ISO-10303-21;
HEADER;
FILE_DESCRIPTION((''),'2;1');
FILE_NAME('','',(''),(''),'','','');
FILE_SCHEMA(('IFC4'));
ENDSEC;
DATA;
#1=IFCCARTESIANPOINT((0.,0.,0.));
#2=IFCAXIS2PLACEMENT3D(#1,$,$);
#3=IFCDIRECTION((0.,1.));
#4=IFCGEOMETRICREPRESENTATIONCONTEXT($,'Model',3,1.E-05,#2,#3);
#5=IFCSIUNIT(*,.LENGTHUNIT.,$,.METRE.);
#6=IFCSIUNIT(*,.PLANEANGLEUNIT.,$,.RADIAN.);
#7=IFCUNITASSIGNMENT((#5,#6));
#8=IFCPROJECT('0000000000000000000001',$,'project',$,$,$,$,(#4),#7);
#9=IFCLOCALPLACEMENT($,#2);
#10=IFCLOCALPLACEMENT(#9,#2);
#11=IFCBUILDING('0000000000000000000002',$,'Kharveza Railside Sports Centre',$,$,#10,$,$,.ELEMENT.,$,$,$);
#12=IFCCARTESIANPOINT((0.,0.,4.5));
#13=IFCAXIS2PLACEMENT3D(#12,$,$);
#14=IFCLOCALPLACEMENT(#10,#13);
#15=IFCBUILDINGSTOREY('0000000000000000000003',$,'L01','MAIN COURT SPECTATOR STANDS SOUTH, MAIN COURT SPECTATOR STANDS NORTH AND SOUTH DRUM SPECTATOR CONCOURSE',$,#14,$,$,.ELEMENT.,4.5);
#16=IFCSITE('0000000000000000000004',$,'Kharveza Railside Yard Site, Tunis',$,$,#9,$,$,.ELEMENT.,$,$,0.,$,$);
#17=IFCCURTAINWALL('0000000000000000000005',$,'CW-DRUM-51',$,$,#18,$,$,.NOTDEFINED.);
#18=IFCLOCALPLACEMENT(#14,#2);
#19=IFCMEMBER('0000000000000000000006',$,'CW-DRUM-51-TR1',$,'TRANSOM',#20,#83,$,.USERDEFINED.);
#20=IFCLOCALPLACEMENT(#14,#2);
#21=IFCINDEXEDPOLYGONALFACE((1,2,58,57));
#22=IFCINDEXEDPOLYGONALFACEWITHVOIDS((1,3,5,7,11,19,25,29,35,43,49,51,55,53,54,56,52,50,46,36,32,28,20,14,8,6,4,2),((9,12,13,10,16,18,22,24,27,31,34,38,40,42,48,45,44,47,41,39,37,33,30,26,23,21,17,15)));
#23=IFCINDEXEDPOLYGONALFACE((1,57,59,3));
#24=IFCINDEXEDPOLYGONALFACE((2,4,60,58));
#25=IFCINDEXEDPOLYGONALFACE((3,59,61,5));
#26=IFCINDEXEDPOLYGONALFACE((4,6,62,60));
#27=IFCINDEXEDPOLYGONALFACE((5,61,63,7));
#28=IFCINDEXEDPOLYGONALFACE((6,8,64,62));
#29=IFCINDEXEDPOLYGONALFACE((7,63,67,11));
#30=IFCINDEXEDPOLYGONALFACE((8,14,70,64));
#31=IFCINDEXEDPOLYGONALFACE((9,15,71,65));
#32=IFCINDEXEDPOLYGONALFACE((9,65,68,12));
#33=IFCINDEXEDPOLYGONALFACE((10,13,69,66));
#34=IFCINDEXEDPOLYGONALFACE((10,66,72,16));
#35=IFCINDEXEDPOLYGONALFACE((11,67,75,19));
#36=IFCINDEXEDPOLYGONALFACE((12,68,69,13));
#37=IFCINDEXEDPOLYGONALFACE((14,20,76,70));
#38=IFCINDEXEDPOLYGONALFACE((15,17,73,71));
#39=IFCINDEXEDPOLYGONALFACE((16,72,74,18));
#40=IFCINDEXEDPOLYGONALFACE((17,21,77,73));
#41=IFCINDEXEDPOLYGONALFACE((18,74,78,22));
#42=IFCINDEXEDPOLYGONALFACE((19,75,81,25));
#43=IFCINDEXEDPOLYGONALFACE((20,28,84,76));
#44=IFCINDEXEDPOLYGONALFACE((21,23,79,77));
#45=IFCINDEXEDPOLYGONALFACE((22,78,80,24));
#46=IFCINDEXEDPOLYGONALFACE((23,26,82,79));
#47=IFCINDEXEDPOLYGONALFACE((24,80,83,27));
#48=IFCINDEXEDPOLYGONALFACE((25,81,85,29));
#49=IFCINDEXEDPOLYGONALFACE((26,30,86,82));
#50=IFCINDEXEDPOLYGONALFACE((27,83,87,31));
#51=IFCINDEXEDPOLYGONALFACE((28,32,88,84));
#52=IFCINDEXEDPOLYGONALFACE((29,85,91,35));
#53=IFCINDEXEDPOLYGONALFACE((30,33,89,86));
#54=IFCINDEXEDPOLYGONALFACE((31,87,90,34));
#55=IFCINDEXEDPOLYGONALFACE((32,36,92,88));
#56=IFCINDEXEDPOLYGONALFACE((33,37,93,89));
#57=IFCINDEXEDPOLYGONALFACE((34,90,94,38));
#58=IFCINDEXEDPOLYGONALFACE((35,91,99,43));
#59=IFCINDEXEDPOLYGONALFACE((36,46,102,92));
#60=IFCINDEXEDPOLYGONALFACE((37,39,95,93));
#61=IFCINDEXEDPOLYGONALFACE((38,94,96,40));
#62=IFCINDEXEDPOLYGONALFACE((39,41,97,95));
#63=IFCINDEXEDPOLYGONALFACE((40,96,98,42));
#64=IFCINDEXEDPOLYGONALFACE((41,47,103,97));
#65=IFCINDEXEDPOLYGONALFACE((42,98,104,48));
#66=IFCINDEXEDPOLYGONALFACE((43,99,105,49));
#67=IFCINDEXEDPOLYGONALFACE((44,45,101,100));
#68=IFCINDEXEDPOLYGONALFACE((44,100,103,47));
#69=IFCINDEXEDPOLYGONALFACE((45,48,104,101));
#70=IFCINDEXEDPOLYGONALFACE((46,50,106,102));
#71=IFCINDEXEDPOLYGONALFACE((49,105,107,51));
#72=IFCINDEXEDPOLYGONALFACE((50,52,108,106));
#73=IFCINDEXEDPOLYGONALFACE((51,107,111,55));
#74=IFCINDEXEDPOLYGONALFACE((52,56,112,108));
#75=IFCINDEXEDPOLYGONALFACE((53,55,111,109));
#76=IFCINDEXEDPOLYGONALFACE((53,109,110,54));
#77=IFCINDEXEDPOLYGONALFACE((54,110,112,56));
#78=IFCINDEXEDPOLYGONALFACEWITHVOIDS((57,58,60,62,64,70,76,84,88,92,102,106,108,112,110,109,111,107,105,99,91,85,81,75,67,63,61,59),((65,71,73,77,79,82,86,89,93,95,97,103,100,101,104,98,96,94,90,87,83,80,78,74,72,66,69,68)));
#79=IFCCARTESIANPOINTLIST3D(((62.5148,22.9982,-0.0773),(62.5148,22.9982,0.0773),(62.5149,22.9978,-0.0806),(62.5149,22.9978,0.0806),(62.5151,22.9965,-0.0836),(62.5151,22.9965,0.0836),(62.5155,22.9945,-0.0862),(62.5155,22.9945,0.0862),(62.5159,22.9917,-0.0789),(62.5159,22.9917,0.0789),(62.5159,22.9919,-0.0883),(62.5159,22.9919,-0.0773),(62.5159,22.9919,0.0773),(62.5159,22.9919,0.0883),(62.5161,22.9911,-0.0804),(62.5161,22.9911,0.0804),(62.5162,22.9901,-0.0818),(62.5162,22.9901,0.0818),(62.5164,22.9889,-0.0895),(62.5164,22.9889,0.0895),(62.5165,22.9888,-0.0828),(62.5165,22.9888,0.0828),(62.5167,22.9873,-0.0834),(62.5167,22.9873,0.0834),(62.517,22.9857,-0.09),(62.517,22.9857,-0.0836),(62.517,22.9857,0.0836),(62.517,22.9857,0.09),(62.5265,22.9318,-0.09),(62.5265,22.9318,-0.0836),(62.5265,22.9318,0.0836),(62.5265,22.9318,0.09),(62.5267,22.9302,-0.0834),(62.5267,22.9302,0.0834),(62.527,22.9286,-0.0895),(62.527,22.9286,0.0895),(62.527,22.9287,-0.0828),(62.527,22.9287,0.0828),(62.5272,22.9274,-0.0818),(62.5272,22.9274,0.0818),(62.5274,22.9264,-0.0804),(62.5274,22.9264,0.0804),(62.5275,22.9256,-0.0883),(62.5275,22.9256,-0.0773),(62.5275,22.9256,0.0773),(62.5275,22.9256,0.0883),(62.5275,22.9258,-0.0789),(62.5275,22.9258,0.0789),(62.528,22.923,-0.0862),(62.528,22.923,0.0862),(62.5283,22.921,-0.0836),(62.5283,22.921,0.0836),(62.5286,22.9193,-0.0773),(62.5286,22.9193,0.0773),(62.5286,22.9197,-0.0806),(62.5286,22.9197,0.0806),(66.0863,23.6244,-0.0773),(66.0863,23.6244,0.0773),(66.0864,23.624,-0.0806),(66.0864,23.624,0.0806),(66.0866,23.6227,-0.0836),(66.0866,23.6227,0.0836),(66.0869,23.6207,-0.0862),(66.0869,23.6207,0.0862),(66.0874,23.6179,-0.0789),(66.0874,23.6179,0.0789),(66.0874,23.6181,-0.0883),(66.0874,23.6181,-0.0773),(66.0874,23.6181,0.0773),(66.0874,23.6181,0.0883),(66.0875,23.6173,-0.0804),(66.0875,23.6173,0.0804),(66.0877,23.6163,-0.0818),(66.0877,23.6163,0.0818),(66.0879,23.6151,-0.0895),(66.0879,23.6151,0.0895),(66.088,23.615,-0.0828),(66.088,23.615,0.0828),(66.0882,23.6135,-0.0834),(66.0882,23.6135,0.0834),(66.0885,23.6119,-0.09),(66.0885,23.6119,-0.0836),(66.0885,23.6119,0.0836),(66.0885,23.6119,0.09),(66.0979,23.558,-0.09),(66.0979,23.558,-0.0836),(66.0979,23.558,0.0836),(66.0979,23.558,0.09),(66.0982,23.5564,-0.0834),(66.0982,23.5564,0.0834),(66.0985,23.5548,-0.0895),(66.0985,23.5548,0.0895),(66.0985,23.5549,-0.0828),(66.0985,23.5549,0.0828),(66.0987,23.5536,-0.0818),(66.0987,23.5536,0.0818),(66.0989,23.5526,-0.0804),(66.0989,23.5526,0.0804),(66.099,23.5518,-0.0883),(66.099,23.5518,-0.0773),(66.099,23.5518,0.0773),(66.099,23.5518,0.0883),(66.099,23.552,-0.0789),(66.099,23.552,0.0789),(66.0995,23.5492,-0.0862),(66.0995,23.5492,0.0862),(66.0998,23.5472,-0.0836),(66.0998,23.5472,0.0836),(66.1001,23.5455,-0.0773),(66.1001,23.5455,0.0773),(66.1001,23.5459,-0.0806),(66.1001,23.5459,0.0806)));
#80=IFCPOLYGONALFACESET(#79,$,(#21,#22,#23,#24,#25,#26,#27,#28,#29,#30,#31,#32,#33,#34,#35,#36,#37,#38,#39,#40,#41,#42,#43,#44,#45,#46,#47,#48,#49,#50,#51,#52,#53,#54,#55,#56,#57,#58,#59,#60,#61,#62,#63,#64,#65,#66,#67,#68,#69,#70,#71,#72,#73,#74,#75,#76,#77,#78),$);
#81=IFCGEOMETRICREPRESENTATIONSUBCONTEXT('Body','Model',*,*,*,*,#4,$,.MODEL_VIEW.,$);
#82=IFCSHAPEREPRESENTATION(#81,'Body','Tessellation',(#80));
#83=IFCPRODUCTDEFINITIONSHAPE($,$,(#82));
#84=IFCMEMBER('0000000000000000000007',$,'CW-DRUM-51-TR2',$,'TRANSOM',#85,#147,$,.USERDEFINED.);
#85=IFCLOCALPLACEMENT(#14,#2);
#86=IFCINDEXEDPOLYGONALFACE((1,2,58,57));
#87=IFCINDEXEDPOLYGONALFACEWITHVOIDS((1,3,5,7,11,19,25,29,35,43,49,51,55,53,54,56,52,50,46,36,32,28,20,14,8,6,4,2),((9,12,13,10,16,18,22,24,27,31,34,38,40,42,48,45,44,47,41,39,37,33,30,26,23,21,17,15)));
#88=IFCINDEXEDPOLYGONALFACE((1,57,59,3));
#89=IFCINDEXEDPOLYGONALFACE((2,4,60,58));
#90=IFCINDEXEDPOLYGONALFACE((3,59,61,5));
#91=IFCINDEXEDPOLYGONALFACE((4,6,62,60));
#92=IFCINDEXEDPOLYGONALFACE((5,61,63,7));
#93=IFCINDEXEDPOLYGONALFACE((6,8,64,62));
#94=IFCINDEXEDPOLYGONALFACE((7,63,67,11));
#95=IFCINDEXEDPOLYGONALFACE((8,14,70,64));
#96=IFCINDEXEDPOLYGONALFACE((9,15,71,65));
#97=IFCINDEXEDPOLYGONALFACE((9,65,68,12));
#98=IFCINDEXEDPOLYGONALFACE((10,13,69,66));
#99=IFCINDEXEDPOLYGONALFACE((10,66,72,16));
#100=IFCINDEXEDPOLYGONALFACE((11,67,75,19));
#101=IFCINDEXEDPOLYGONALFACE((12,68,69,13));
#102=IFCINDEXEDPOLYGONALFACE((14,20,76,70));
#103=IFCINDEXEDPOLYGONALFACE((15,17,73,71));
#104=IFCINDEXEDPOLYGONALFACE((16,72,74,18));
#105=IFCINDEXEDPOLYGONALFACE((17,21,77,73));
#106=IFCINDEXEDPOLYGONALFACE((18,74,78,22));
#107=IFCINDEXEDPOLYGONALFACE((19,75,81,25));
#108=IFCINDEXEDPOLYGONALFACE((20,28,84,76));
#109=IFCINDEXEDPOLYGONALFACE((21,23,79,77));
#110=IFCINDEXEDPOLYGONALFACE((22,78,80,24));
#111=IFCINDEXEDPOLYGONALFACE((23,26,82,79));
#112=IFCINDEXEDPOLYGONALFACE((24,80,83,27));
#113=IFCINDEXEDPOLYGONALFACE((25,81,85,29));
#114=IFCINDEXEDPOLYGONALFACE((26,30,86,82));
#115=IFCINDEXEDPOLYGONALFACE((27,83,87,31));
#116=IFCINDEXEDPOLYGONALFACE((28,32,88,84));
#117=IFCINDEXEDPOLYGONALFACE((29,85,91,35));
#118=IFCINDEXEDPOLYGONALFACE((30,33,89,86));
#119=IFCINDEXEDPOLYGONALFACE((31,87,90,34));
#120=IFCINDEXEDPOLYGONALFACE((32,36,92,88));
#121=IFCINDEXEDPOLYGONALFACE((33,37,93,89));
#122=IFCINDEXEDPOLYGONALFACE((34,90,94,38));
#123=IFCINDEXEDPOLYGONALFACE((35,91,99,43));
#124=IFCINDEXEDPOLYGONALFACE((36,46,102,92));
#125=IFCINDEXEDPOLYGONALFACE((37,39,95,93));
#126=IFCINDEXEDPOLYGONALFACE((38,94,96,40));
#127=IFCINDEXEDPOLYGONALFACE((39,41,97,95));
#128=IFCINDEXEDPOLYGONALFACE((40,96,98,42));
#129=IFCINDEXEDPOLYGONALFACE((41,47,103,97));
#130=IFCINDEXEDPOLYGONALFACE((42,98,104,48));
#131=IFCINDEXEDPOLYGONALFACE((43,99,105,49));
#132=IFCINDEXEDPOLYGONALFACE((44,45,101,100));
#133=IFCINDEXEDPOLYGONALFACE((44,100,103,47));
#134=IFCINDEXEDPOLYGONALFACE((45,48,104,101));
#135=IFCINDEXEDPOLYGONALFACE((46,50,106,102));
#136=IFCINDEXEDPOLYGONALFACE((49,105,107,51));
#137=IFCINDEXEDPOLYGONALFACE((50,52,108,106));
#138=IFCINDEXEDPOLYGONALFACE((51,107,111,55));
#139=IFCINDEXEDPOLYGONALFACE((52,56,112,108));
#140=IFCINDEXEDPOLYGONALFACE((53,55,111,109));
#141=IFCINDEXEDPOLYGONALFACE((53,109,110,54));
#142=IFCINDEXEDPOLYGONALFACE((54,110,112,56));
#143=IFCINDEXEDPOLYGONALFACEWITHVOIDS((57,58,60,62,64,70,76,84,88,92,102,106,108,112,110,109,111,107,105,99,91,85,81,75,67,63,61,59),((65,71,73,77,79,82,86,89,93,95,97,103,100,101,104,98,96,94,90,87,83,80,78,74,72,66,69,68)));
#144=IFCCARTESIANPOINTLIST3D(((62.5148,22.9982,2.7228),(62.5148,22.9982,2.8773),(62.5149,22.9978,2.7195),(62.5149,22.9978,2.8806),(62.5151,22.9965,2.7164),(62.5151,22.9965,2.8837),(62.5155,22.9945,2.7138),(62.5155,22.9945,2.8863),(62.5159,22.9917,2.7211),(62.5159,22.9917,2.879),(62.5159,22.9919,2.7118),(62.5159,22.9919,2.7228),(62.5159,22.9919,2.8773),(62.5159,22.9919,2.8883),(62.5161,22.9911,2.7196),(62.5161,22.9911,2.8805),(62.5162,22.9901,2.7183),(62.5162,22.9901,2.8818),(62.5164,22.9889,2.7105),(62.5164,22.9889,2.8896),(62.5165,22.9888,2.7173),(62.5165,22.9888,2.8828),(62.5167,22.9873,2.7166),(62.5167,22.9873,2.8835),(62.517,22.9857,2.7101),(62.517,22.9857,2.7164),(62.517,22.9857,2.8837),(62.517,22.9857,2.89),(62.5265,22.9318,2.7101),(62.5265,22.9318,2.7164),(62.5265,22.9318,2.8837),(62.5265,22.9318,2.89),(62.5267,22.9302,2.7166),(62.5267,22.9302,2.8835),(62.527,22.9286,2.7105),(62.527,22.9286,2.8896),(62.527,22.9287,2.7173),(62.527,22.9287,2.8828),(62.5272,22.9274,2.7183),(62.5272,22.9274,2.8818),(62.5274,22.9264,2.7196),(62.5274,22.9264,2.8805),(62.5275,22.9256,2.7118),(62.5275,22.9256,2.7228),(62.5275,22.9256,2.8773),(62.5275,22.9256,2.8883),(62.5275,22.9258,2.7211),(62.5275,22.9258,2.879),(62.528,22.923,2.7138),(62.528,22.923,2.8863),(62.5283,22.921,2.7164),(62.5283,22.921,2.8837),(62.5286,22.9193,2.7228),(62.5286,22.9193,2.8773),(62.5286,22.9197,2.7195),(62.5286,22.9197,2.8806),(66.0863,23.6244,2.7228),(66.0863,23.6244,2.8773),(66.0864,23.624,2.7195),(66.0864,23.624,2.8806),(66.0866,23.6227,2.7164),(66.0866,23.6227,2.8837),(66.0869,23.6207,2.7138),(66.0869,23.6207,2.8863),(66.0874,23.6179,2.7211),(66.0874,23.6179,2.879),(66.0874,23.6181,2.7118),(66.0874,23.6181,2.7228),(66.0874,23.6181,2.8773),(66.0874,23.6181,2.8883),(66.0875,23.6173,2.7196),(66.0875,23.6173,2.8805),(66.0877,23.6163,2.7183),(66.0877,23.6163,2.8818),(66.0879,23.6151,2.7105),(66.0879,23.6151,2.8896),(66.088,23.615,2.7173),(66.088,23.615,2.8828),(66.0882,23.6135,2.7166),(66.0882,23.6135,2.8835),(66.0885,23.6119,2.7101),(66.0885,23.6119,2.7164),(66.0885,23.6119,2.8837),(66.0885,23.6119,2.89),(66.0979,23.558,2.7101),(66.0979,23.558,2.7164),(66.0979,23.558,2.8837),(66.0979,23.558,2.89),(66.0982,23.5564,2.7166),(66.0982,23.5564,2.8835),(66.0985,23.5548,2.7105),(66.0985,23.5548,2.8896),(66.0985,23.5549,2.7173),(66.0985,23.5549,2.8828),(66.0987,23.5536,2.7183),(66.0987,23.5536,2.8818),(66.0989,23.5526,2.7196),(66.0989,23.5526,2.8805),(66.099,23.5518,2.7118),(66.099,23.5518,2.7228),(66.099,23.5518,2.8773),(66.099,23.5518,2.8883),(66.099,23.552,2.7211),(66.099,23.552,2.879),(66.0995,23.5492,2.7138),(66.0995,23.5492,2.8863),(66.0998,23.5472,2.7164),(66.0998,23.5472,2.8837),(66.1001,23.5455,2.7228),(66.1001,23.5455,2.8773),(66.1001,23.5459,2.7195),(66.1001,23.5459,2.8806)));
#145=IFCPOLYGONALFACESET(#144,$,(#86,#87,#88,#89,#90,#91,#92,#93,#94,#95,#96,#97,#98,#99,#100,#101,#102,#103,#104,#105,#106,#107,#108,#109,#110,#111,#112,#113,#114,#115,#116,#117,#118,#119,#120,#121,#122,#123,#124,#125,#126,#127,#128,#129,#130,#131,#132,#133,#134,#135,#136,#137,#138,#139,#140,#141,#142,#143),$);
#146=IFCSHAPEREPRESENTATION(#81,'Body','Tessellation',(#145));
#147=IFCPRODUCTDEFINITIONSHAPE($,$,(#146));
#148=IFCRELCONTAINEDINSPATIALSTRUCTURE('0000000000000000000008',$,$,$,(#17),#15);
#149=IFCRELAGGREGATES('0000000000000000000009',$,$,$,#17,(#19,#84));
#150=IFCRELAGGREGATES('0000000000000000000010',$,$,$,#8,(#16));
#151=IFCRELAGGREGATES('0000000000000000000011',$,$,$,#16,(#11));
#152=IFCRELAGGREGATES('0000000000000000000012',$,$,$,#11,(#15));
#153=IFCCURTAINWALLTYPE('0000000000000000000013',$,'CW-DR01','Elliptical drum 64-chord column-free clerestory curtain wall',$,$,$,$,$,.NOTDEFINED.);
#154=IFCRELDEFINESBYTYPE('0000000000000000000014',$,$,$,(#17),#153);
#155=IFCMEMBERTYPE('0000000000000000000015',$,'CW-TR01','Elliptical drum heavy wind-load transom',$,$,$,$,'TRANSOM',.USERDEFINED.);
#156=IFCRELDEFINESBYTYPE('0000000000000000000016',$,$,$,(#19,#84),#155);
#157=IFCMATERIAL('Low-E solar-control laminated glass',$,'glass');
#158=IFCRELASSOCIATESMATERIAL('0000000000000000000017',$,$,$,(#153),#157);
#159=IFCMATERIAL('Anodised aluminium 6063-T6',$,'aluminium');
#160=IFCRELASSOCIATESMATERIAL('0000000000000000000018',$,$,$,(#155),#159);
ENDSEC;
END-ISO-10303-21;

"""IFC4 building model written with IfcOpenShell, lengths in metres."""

from ifc_helpers import new_model, si_unit, direction, frame, origin, origin_2d, place, context, subcontext, project, spatial, hollow_rectangle, extrude, material, material_profile, profile_set, type_object, element, aggregate, save


model = new_model("IFC4")

# Units and contexts
model_context = context("Model", 3, precision=1e-05, world=origin(), true_north=direction((0.0, 1.0)))
body_context = subcontext(model_context, "Body", "Model", "MODEL_VIEW")
ifc_project = project(units=[si_unit("LENGTHUNIT", "METRE"), si_unit("PLANEANGLEUNIT", "RADIAN")], contexts=[model_context])

# Site, building, storey
site_placement = place(None, origin())
site = spatial("IfcSite", under=ifc_project, at=site_placement, Name="Kharveza Railside Yard Site, Tunis", CompositionType="ELEMENT", RefElevation=0.0)
building_placement = place(site_placement, origin())
building = spatial("IfcBuilding", under=site, at=building_placement, Name="Kharveza Railside Sports Centre", CompositionType="ELEMENT")
storey_placement = place(building_placement, frame((0.0, 0.0, 4.5)))
storey = spatial("IfcBuildingStorey", under=building, at=storey_placement, Name="L01", Description="MAIN COURT SPECTATOR STANDS SOUTH, MAIN COURT SPECTATOR STANDS NORTH AND SOUTH DRUM SPECTATOR CONCOURSE", CompositionType="ELEMENT", Elevation=4.5)

# Shared definitions
ifc_material_1 = material(Name="Low-E solar-control laminated glass", Category="glass")
curtain_wall_type = type_object("IfcCurtainWallType", Name="CW-DR01", Description="Elliptical drum 64-chord column-free clerestory curtain wall", PredefinedType="NOTDEFINED", material=ifc_material_1)
ifc_material_2 = material(Name="Anodised aluminium 6063-T6", Category="aluminium")

# Curtain wall, members
curtain_wall_1_placement = place(storey_placement, origin())
curtain_wall_1 = element("IfcCurtainWall", 1, at=curtain_wall_1_placement, inside=storey, type_object=curtain_wall_type, Name="CW-DRUM-51", PredefinedType="NOTDEFINED")
ifc_material_profile_1 = material_profile(ifc_material_2, hollow_rectangle(XDim=0.0801, YDim=0.1799, WallThickness=0.0063, InnerFilletRadius=0.0063, OuterFilletRadius=0.0127, at=origin_2d()), Name="RHS 80x180x6.3")
ifc_profile_set_1 = profile_set([ifc_material_profile_1], Name="Anodised aluminium 6063-T6")
member_type_1 = type_object("IfcMemberType", Name="CW-TR01", Description="Elliptical drum heavy wind-load transom", ElementType="TRANSOM", PredefinedType="USERDEFINED", material=ifc_profile_set_1)
member_1_placement = place(storey_placement, frame((62.5217, 22.9587, 0.0), z_axis=(0.984974, 0.172702, 0.0), x_axis=(-0.172702, 0.984974, 0.0)))
member_1 = element("IfcMember", 2, at=member_1_placement, type_object=member_type_1, Name="CW-DRUM-51-TR1", ObjectType="TRANSOM", PredefinedType="USERDEFINED", context=body_context, shape_type="SweptSolid", body=[
    extrude(hollow_rectangle(XDim=0.0801, YDim=0.1799, WallThickness=0.0063, InnerFilletRadius=0.0063, OuterFilletRadius=0.0127, at=origin_2d()), origin(), (0.0, 0.0, 1.0), 3.626),
])
member_2_placement = place(storey_placement, frame((62.5217, 22.9587, 2.8), z_axis=(0.984974, 0.172702, 0.0), x_axis=(-0.172702, 0.984974, 0.0)))
member_2 = element("IfcMember", 3, at=member_2_placement, type_object=member_type_1, Name="CW-DRUM-51-TR2", ObjectType="TRANSOM", PredefinedType="USERDEFINED", context=body_context, shape_type="SweptSolid", body=[
    extrude(hollow_rectangle(XDim=0.0801, YDim=0.1799, WallThickness=0.0063, InnerFilletRadius=0.0063, OuterFilletRadius=0.0127, at=origin_2d()), origin(), (0.0, 0.0, 1.0), 3.626),
])

aggregate(curtain_wall_1, [member_1, member_2])

save(model, "model.ifc")
